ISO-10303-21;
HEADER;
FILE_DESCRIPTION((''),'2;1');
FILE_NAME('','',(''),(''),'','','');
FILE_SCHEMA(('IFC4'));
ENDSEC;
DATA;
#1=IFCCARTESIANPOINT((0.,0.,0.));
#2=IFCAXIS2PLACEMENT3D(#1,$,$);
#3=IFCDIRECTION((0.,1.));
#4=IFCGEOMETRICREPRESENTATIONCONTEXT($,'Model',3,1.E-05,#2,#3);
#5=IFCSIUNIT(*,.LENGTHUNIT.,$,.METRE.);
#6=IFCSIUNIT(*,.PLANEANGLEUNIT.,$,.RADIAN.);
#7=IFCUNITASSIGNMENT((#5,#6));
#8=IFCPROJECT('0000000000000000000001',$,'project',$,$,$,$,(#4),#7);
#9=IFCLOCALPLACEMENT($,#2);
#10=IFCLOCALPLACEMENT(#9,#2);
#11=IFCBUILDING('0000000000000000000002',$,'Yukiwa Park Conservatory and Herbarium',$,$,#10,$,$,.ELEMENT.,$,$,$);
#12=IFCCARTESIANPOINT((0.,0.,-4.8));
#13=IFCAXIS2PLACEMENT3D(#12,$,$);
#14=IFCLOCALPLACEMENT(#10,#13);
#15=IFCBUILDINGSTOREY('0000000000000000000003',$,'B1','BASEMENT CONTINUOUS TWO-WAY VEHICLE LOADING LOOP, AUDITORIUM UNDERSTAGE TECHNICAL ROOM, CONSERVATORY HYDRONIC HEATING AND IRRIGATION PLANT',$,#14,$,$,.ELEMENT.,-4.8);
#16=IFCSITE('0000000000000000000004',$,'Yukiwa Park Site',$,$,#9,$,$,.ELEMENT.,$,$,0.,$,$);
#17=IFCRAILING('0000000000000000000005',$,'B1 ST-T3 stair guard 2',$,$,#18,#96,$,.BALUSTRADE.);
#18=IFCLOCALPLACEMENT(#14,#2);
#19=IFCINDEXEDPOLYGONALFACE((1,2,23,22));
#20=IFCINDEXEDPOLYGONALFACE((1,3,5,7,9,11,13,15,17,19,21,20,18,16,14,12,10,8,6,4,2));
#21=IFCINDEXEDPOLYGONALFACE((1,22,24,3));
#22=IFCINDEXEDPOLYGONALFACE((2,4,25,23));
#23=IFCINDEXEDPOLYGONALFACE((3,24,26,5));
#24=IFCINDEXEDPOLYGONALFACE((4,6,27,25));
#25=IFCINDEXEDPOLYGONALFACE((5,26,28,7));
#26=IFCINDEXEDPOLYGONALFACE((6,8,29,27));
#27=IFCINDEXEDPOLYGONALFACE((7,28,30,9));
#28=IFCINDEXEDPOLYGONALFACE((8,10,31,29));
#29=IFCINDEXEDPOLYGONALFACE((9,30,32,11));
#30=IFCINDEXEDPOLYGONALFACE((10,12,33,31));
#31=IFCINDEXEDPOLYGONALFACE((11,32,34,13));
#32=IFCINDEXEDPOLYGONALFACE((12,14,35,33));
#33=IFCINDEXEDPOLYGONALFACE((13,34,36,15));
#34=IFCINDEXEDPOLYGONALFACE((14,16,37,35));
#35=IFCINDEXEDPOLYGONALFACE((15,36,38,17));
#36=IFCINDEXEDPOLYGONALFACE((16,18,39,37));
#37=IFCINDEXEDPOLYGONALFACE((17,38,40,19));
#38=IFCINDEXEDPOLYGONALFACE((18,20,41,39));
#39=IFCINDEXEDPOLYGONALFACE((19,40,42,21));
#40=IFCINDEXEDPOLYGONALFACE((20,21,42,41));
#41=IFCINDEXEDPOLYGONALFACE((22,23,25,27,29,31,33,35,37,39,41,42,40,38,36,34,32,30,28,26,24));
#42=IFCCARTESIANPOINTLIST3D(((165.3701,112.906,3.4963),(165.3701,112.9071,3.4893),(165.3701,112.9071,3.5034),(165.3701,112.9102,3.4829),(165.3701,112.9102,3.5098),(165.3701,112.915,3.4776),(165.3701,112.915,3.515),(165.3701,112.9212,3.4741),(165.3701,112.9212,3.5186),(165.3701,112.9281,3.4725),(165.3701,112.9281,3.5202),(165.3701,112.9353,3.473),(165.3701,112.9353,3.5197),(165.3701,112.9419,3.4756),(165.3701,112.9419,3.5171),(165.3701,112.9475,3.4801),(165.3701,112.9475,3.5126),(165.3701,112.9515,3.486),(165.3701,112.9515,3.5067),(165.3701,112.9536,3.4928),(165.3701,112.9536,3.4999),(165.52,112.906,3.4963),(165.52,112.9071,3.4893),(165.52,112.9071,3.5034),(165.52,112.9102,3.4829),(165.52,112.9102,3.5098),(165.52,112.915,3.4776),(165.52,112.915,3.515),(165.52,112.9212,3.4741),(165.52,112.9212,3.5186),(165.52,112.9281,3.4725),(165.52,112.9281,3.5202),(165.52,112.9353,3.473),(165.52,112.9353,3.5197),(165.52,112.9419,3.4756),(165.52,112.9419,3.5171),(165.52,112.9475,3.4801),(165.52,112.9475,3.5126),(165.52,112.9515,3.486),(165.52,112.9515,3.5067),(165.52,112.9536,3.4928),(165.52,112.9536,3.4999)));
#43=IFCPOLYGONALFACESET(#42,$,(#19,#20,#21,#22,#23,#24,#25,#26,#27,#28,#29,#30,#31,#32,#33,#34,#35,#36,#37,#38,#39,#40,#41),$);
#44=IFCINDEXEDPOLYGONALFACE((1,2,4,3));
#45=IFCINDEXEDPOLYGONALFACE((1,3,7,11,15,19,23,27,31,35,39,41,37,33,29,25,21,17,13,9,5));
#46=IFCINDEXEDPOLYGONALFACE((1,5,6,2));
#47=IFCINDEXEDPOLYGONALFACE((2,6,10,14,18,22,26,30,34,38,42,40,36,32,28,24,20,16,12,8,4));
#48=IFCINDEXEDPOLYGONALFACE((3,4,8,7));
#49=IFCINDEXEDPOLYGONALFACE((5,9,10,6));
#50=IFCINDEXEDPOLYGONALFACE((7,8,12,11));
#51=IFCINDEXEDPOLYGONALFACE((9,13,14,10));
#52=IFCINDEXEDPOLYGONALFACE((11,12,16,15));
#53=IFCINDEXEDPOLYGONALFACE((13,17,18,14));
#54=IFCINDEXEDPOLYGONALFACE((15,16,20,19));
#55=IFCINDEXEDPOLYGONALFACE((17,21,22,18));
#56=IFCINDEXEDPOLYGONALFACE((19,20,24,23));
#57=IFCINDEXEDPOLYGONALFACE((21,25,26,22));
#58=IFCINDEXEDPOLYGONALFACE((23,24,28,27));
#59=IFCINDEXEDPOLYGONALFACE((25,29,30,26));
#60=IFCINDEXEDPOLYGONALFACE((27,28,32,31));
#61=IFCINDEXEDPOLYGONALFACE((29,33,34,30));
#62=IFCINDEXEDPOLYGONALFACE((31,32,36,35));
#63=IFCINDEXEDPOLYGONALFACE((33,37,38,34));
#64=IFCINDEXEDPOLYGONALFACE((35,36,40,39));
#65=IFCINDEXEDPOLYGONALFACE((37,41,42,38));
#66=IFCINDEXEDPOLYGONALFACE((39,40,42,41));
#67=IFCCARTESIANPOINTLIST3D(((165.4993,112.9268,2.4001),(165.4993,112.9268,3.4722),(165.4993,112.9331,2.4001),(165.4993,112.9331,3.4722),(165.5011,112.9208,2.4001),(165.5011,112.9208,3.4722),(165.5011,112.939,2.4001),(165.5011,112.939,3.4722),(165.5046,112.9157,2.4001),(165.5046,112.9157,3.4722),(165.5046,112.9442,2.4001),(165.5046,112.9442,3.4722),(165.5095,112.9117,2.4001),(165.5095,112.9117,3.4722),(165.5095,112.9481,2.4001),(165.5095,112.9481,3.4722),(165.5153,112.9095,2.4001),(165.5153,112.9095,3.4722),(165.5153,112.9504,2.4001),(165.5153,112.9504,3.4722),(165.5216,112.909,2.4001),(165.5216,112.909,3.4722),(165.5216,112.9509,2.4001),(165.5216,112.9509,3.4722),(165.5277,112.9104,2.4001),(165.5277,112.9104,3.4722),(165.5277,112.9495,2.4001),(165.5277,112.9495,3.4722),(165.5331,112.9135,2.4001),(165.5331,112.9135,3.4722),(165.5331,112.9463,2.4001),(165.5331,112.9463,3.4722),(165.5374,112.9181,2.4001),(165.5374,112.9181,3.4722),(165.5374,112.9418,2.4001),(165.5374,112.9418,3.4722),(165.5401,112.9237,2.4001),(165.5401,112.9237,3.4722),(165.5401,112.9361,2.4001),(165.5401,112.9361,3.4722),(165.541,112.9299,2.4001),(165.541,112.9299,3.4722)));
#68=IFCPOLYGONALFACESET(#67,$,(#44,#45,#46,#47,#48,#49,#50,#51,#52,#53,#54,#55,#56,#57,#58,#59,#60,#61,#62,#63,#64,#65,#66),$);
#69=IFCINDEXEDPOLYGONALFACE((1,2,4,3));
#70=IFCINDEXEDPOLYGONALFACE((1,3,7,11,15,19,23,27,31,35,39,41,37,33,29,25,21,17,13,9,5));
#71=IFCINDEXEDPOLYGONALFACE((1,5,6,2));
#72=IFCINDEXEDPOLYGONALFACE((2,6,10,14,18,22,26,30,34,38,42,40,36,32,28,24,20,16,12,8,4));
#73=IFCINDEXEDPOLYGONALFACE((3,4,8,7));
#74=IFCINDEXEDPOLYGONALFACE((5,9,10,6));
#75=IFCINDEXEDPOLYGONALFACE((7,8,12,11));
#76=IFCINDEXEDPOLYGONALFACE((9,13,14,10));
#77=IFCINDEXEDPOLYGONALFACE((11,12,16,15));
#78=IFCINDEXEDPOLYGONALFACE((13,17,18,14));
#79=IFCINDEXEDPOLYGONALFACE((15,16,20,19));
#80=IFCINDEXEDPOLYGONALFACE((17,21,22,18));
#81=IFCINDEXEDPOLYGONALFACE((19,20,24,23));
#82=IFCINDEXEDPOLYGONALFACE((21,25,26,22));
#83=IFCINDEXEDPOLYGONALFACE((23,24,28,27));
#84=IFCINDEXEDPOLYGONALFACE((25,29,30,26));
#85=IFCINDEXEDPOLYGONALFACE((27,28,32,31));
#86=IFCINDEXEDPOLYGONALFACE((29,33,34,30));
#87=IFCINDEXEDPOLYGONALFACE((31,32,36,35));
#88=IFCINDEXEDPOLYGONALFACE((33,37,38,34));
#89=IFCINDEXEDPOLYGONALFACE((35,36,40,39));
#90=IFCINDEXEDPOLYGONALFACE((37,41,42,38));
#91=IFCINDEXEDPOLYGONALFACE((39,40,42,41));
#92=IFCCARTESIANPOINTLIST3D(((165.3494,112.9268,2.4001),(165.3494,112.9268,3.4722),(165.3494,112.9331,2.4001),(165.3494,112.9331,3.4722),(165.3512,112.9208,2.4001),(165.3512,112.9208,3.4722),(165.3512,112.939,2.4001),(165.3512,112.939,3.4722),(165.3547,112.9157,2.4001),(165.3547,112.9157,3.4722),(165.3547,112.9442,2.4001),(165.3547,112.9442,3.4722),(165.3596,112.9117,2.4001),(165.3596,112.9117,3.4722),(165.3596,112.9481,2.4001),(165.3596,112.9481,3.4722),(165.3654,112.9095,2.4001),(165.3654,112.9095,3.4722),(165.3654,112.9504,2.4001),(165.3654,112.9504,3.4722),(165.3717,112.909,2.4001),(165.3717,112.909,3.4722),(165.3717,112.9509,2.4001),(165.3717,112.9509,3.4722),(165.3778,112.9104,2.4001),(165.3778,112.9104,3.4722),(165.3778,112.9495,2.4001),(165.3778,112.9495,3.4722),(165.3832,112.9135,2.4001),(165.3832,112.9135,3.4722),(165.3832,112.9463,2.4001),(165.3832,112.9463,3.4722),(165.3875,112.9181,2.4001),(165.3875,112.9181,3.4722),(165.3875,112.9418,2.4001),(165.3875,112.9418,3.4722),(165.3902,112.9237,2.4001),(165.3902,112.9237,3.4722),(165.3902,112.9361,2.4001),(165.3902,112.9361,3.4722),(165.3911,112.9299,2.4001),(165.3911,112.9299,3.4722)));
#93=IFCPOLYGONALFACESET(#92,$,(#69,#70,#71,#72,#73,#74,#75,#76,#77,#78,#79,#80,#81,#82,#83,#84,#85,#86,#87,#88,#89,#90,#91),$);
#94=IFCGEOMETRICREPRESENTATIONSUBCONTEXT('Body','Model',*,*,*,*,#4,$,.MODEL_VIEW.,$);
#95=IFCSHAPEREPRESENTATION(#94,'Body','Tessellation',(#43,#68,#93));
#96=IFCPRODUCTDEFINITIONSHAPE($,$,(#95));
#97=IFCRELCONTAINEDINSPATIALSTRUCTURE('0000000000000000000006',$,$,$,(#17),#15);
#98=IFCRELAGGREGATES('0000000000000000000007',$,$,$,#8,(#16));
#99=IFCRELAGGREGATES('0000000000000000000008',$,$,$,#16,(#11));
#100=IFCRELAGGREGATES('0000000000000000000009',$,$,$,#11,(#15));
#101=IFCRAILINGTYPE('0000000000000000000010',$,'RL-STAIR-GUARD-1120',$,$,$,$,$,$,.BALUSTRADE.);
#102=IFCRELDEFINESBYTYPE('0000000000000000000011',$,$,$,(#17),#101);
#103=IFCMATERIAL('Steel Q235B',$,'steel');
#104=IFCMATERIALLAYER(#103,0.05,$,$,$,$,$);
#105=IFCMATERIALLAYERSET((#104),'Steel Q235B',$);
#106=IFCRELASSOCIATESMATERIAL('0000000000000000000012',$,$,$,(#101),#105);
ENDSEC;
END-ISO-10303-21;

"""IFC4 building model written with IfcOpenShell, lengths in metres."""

from ifc_helpers import new_model, si_unit, direction, frame, origin, origin_2d, place, context, subcontext, project, spatial, circle, extrude, material, layer, layer_set, type_object, element, save


model = new_model("IFC4")

# Units and contexts
model_context = context("Model", 3, precision=1e-05, world=origin(), true_north=direction((0.0, 1.0)))
body_context = subcontext(model_context, "Body", "Model", "MODEL_VIEW")
ifc_project = project(units=[si_unit("LENGTHUNIT", "METRE"), si_unit("PLANEANGLEUNIT", "RADIAN")], contexts=[model_context])

# Site, building, storey
site_placement = place(None, origin())
site = spatial("IfcSite", under=ifc_project, at=site_placement, Name="Yukiwa Park Site", CompositionType="ELEMENT", RefElevation=0.0)
building_placement = place(site_placement, origin())
building = spatial("IfcBuilding", under=site, at=building_placement, Name="Yukiwa Park Conservatory and Herbarium", CompositionType="ELEMENT")
storey_placement = place(building_placement, frame((0.0, 0.0, -4.8)))
storey = spatial("IfcBuildingStorey", under=building, at=storey_placement, Name="B1", Description="BASEMENT CONTINUOUS TWO-WAY VEHICLE LOADING LOOP, AUDITORIUM UNDERSTAGE TECHNICAL ROOM, CONSERVATORY HYDRONIC HEATING AND IRRIGATION PLANT", CompositionType="ELEMENT", Elevation=-4.8)

# Railing
ifc_material_1 = material(Name="Steel Q235B", Category="steel")
ifc_layer_1 = layer(ifc_material_1, 0.05)
ifc_layer_set_1 = layer_set([ifc_layer_1], Name="Steel Q235B")
railing_type_1 = type_object("IfcRailingType", Name="RL-STAIR-GUARD-1120", PredefinedType="BALUSTRADE", material=ifc_layer_set_1)
railing_1_placement = place(storey_placement, frame((165.52, 112.9299, 2.4001)))
element("IfcRailing", 1, at=railing_1_placement, inside=storey, type_object=railing_type_1, Name="B1 ST-T3 stair guard 2", PredefinedType="BALUSTRADE", context=body_context, shape_type="SweptSolid", body=[
    extrude(circle(Radius=0.0239, at=origin_2d()), frame((0.0, 0.0, 1.0962), z_axis=(-1.0, 0.0, 0.0), x_axis=(0.0, -1.0, 0.0)), (0.0, 0.0, 1.0), 0.1499),
    extrude(circle(Radius=0.021, at=origin_2d()), origin(), (0.0, 0.0, 1.0), 1.072),
    extrude(circle(Radius=0.021, at=origin_2d()), frame((-0.1499, 0.0, 0.0)), (0.0, 0.0, 1.0), 1.072),
])

save(model, "model.ifc")
